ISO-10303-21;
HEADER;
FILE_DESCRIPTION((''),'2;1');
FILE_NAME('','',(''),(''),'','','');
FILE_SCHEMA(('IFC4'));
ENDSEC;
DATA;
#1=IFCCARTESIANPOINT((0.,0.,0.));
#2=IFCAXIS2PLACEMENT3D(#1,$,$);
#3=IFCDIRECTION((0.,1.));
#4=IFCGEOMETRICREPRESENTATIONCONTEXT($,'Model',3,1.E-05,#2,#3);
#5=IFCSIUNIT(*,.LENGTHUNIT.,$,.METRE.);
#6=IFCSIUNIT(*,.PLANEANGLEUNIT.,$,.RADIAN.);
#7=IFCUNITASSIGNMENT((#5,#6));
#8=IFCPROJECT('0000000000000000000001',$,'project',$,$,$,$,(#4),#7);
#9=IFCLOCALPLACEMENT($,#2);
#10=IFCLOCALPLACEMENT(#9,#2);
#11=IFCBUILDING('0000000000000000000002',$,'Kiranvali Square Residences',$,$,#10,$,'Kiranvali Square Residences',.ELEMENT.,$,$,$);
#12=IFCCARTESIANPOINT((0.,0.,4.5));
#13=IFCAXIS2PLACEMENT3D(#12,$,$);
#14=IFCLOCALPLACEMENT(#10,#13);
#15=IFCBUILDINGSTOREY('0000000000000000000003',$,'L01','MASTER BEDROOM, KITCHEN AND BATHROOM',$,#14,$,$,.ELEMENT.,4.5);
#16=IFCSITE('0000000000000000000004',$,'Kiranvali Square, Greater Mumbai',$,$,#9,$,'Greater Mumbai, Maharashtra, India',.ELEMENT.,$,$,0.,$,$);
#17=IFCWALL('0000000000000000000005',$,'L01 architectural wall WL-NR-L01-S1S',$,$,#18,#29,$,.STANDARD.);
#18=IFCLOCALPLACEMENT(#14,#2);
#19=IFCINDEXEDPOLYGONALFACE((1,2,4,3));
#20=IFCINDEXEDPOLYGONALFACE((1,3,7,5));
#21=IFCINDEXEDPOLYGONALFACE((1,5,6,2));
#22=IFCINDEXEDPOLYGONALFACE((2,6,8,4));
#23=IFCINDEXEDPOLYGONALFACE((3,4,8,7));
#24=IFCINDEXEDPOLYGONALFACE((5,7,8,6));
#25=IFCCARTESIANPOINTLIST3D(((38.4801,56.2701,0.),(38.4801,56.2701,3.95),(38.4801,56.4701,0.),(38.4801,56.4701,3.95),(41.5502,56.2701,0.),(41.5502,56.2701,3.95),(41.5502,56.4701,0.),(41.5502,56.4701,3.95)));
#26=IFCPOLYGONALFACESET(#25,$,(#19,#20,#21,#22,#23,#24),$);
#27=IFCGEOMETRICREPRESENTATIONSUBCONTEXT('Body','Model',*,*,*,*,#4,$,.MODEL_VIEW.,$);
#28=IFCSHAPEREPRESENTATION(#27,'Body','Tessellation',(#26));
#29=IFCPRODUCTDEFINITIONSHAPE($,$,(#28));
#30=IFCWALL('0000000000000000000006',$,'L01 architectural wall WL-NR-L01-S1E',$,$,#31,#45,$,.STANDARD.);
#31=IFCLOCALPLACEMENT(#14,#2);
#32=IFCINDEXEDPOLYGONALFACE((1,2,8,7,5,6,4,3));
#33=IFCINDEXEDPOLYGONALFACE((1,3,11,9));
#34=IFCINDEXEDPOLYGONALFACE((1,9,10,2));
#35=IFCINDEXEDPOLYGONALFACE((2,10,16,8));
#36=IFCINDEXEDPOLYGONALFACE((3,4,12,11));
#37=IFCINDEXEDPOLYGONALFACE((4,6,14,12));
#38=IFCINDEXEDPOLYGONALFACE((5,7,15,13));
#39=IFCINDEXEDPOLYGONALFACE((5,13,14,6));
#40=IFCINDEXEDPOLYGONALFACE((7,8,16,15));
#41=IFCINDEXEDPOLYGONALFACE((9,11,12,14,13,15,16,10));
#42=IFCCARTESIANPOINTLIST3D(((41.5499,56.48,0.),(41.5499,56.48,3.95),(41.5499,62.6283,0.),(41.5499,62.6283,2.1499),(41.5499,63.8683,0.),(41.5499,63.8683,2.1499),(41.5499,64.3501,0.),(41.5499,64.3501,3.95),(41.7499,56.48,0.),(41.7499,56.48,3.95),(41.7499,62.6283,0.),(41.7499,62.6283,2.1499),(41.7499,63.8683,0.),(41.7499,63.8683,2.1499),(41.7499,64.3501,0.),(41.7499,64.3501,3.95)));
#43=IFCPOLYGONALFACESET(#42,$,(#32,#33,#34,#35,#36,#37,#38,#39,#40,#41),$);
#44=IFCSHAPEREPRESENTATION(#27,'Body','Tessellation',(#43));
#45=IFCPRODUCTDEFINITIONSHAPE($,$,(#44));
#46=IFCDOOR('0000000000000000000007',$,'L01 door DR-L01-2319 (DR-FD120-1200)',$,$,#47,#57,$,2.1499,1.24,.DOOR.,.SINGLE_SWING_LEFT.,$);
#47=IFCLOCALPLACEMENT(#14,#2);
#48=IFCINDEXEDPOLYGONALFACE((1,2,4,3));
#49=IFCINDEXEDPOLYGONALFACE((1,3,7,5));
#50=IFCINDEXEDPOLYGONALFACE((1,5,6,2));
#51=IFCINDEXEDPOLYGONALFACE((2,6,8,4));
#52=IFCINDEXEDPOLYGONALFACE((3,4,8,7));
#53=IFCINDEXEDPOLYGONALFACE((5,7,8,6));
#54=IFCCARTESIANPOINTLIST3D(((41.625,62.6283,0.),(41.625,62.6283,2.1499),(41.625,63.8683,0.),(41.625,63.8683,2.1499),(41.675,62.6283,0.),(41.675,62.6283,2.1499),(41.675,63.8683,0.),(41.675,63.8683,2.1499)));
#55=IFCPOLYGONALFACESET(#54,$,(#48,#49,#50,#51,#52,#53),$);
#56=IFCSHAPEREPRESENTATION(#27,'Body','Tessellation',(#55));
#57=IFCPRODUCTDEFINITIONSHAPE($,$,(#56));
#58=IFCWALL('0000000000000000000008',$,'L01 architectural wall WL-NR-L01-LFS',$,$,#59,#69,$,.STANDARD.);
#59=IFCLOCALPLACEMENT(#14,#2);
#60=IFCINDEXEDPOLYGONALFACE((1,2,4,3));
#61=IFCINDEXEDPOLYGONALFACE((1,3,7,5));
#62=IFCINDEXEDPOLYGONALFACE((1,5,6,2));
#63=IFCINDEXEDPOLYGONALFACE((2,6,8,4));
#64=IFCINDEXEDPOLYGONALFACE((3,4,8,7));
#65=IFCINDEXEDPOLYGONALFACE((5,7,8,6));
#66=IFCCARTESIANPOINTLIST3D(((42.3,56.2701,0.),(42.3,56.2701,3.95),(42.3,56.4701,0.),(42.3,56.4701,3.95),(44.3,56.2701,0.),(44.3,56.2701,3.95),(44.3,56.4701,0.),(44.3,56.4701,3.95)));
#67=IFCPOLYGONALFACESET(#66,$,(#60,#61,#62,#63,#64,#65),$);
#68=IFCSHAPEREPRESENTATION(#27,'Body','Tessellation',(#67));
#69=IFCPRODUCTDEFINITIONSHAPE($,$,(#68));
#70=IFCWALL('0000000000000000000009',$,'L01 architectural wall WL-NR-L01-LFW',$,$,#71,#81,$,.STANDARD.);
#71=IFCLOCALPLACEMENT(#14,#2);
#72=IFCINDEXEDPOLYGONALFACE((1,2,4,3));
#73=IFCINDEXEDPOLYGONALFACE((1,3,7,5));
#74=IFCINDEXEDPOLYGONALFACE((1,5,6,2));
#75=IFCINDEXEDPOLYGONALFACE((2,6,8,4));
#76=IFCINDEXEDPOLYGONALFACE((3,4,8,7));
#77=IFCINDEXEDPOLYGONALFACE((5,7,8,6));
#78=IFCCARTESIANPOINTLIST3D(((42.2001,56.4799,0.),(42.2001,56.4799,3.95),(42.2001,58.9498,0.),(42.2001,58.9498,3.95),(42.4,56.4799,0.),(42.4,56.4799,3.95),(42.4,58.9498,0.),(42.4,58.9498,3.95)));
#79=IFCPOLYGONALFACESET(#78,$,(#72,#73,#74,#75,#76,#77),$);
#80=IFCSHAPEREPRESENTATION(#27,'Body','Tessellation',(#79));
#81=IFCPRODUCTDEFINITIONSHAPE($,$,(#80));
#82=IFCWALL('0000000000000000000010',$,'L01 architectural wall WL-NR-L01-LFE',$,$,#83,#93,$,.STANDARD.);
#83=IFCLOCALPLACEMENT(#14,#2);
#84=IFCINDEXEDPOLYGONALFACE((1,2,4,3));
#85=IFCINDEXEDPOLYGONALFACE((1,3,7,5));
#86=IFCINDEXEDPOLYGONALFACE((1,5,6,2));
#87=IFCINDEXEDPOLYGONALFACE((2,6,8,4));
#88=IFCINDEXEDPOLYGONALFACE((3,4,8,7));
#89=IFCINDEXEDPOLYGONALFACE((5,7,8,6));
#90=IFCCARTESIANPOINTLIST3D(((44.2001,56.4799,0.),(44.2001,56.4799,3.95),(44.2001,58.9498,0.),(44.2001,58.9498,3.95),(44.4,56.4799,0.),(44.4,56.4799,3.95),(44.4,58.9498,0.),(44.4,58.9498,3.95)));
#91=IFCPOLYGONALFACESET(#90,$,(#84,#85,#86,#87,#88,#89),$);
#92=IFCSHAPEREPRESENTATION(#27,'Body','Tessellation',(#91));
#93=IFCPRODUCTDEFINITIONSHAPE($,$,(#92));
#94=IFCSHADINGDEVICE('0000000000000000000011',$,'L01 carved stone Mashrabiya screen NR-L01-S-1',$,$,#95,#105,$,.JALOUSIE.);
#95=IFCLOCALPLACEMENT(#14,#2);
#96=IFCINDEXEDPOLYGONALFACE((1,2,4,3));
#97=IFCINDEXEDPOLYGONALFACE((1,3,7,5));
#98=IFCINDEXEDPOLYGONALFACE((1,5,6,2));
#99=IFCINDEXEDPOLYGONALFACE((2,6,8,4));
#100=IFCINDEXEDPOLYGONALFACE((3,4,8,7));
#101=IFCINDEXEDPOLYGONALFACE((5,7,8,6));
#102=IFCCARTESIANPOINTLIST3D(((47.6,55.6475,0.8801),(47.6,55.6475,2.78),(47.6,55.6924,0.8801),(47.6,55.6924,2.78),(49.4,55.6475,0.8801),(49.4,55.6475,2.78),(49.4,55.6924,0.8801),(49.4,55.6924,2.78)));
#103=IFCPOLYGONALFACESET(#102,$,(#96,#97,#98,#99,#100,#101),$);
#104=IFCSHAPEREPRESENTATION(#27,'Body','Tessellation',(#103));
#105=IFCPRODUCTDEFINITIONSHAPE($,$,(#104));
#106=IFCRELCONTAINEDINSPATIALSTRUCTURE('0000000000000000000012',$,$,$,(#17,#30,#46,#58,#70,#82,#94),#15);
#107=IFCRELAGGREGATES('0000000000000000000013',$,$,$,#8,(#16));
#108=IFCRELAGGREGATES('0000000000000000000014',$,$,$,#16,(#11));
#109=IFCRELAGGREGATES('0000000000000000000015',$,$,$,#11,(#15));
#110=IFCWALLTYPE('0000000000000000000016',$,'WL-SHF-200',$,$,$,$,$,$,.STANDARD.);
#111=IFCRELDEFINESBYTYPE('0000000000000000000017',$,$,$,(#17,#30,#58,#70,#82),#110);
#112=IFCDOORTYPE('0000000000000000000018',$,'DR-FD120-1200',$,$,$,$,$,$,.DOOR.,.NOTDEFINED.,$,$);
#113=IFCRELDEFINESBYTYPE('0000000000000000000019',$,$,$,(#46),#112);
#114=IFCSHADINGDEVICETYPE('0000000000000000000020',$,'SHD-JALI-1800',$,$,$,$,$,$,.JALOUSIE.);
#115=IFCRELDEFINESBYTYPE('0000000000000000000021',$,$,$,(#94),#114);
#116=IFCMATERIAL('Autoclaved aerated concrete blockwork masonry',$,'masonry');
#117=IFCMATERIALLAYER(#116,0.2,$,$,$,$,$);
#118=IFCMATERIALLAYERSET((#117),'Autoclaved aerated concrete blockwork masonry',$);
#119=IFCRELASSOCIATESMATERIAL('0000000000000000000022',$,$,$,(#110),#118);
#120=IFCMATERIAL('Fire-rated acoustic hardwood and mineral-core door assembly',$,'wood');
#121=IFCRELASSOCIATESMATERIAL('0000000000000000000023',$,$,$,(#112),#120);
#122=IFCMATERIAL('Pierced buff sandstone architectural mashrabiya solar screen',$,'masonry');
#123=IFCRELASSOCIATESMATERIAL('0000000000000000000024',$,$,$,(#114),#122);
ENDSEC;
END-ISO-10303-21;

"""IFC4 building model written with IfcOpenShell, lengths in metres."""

from ifc_helpers import new_model, si_unit, direction, frame, frame_2d, origin, origin_2d, place, context, subcontext, project, spatial, rectangle, extrude, material, layer, layer_set, type_object, element, fill, save


model = new_model("IFC4")

# Units and contexts
model_context = context("Model", 3, precision=1e-05, world=origin(), true_north=direction((0.0, 1.0)))
body_context = subcontext(model_context, "Body", "Model", "MODEL_VIEW")
ifc_project = project(units=[si_unit("LENGTHUNIT", "METRE"), si_unit("PLANEANGLEUNIT", "RADIAN")], contexts=[model_context])

# Site, building, storey
site_placement = place(None, origin())
site = spatial("IfcSite", under=ifc_project, at=site_placement, Name="Kiranvali Square, Greater Mumbai", LongName="Greater Mumbai, Maharashtra, India", CompositionType="ELEMENT", RefElevation=0.0)
building_placement = place(site_placement, origin())
building = spatial("IfcBuilding", under=site, at=building_placement, Name="Kiranvali Square Residences", LongName="Kiranvali Square Residences", CompositionType="ELEMENT")
storey_placement = place(building_placement, frame((0.0, 0.0, 4.5)))
storey = spatial("IfcBuildingStorey", under=building, at=storey_placement, Name="L01", Description="MASTER BEDROOM, KITCHEN AND BATHROOM", CompositionType="ELEMENT", Elevation=4.5)

# Shared definitions
ifc_material_1 = material(Name="Autoclaved aerated concrete blockwork masonry", Category="masonry")

# Wall
ifc_layer_1 = layer(ifc_material_1, 0.2)
ifc_layer_set_1 = layer_set([ifc_layer_1], Name="Autoclaved aerated concrete blockwork masonry")
wall_type_1 = type_object("IfcWallType", Name="WL-SHF-200", PredefinedType="STANDARD", material=ifc_layer_set_1)
wall_1_placement = place(storey_placement, frame((38.48, 56.3701, 0.0), z_axis=(0.0, 0.0, 1.0), x_axis=(1.0, 0.0, 0.0)))
element("IfcWall", 1, at=wall_1_placement, inside=storey, type_object=wall_type_1, Name="L01 architectural wall WL-NR-L01-S1S", PredefinedType="STANDARD", context=body_context, shape_type="SweptSolid", body=[
    extrude(rectangle(XDim=3.0701, YDim=0.2, at=frame_2d((1.5352, 0.0))), origin(), (0.0, 0.0, 1.0), 3.95),
])

# Wall, opening, door
wall_2_placement = place(storey_placement, frame((41.6499, 56.48, 0.0), z_axis=(0.0, 0.0, 1.0), x_axis=(0.0, 1.0, 0.0)))
wall_2 = element("IfcWall", 2, at=wall_2_placement, inside=storey, type_object=wall_type_1, Name="L01 architectural wall WL-NR-L01-S1E", PredefinedType="STANDARD", context=body_context, shape_type="SweptSolid", body=[
    extrude(rectangle(XDim=7.8701, YDim=0.2, at=frame_2d((3.9351, 0.0))), origin(), (0.0, 0.0, 1.0), 3.95),
])
opening_1_placement = place(wall_2_placement, frame((6.1482, 0.0, 0.0)))
opening_1 = element("IfcOpeningElement", 3, at=opening_1_placement, cuts=wall_2, PredefinedType="OPENING", context=body_context, shape_type="SweptSolid", body=[
    extrude(rectangle(XDim=1.24, YDim=2.1499, at=frame_2d((0.6201, 1.075))), frame((0.0, 0.1099, 0.0), z_axis=(0.0, -1.0, 0.0), x_axis=(1.0, 0.0, 0.0)), (0.0, 0.0, 1.0), 0.22),
])
ifc_material_2 = material(Name="Fire-rated acoustic hardwood and mineral-core door assembly", Category="wood")
door_type_1 = type_object("IfcDoorType", Name="DR-FD120-1200", OperationType="NOTDEFINED", PredefinedType="DOOR", material=ifc_material_2)
door_1_placement = place(opening_1_placement, origin())
door_1 = element("IfcDoor", 4, at=door_1_placement, inside=storey, type_object=door_type_1, Name="L01 door DR-L01-2319 (DR-FD120-1200)", OperationType="SINGLE_SWING_LEFT", OverallHeight=2.1499, OverallWidth=1.24, PredefinedType="DOOR", context=body_context, shape_type="SweptSolid", body=[
    extrude(rectangle(XDim=1.24, YDim=2.1499, at=frame_2d((0.6201, 1.075))), frame((0.0, 0.0249, 0.0), z_axis=(0.0, -1.0, 0.0), x_axis=(1.0, 0.0, 0.0)), (0.0, 0.0, 1.0), 0.05),
])
fill(opening_1, door_1)

# Walls
wall_3_placement = place(storey_placement, frame((42.3, 56.3701, 0.0), z_axis=(0.0, 0.0, 1.0), x_axis=(1.0, 0.0, 0.0)))
element("IfcWall", 5, at=wall_3_placement, inside=storey, type_object=wall_type_1, Name="L01 architectural wall WL-NR-L01-LFS", PredefinedType="STANDARD", context=body_context, shape_type="SweptSolid", body=[
    extrude(rectangle(XDim=2.0, YDim=0.2, at=frame_2d((1.0, 0.0))), origin(), (0.0, 0.0, 1.0), 3.95),
])
for number, where, z_axis, x_axis, name in (
    (6, (42.3, 56.48, 0.0), (0.0, 0.0, 1.0), (0.0, 1.0, 0.0), "L01 architectural wall WL-NR-L01-LFW"),
    (7, (44.3, 56.48, 0.0), (0.0, 0.0, 1.0), (0.0, 1.0, 0.0), "L01 architectural wall WL-NR-L01-LFE"),
):
    element("IfcWall", number, at=place(storey_placement, frame(where, z_axis=z_axis, x_axis=x_axis)), inside=storey, type_object=wall_type_1, Name=name, PredefinedType="STANDARD", context=body_context, shape_type="SweptSolid", body=[
        extrude(rectangle(XDim=2.47, YDim=0.2, at=frame_2d((1.2349, 0.0))), origin(), (0.0, 0.0, 1.0), 3.95),
    ])

# Shading device
ifc_material_3 = material(Name="Pierced buff sandstone architectural mashrabiya solar screen", Category="masonry")
shading_device_type = type_object("IfcShadingDeviceType", Name="SHD-JALI-1800", PredefinedType="JALOUSIE", material=ifc_material_3)
shading_device_placement = place(storey_placement, frame((48.5, 55.6699, 0.8801), z_axis=(0.0, 0.0, 1.0), x_axis=(1.0, 0.0, 0.0)))
element("IfcShadingDevice", 8, at=shading_device_placement, inside=storey, type_object=shading_device_type, Name="L01 carved stone Mashrabiya screen NR-L01-S-1", PredefinedType="JALOUSIE", context=body_context, shape_type="SweptSolid", body=[
    extrude(rectangle(XDim=1.8, YDim=0.0449, at=origin_2d()), origin(), (0.0, 0.0, 1.0), 1.8999),
])

save(model, "model.ifc")
